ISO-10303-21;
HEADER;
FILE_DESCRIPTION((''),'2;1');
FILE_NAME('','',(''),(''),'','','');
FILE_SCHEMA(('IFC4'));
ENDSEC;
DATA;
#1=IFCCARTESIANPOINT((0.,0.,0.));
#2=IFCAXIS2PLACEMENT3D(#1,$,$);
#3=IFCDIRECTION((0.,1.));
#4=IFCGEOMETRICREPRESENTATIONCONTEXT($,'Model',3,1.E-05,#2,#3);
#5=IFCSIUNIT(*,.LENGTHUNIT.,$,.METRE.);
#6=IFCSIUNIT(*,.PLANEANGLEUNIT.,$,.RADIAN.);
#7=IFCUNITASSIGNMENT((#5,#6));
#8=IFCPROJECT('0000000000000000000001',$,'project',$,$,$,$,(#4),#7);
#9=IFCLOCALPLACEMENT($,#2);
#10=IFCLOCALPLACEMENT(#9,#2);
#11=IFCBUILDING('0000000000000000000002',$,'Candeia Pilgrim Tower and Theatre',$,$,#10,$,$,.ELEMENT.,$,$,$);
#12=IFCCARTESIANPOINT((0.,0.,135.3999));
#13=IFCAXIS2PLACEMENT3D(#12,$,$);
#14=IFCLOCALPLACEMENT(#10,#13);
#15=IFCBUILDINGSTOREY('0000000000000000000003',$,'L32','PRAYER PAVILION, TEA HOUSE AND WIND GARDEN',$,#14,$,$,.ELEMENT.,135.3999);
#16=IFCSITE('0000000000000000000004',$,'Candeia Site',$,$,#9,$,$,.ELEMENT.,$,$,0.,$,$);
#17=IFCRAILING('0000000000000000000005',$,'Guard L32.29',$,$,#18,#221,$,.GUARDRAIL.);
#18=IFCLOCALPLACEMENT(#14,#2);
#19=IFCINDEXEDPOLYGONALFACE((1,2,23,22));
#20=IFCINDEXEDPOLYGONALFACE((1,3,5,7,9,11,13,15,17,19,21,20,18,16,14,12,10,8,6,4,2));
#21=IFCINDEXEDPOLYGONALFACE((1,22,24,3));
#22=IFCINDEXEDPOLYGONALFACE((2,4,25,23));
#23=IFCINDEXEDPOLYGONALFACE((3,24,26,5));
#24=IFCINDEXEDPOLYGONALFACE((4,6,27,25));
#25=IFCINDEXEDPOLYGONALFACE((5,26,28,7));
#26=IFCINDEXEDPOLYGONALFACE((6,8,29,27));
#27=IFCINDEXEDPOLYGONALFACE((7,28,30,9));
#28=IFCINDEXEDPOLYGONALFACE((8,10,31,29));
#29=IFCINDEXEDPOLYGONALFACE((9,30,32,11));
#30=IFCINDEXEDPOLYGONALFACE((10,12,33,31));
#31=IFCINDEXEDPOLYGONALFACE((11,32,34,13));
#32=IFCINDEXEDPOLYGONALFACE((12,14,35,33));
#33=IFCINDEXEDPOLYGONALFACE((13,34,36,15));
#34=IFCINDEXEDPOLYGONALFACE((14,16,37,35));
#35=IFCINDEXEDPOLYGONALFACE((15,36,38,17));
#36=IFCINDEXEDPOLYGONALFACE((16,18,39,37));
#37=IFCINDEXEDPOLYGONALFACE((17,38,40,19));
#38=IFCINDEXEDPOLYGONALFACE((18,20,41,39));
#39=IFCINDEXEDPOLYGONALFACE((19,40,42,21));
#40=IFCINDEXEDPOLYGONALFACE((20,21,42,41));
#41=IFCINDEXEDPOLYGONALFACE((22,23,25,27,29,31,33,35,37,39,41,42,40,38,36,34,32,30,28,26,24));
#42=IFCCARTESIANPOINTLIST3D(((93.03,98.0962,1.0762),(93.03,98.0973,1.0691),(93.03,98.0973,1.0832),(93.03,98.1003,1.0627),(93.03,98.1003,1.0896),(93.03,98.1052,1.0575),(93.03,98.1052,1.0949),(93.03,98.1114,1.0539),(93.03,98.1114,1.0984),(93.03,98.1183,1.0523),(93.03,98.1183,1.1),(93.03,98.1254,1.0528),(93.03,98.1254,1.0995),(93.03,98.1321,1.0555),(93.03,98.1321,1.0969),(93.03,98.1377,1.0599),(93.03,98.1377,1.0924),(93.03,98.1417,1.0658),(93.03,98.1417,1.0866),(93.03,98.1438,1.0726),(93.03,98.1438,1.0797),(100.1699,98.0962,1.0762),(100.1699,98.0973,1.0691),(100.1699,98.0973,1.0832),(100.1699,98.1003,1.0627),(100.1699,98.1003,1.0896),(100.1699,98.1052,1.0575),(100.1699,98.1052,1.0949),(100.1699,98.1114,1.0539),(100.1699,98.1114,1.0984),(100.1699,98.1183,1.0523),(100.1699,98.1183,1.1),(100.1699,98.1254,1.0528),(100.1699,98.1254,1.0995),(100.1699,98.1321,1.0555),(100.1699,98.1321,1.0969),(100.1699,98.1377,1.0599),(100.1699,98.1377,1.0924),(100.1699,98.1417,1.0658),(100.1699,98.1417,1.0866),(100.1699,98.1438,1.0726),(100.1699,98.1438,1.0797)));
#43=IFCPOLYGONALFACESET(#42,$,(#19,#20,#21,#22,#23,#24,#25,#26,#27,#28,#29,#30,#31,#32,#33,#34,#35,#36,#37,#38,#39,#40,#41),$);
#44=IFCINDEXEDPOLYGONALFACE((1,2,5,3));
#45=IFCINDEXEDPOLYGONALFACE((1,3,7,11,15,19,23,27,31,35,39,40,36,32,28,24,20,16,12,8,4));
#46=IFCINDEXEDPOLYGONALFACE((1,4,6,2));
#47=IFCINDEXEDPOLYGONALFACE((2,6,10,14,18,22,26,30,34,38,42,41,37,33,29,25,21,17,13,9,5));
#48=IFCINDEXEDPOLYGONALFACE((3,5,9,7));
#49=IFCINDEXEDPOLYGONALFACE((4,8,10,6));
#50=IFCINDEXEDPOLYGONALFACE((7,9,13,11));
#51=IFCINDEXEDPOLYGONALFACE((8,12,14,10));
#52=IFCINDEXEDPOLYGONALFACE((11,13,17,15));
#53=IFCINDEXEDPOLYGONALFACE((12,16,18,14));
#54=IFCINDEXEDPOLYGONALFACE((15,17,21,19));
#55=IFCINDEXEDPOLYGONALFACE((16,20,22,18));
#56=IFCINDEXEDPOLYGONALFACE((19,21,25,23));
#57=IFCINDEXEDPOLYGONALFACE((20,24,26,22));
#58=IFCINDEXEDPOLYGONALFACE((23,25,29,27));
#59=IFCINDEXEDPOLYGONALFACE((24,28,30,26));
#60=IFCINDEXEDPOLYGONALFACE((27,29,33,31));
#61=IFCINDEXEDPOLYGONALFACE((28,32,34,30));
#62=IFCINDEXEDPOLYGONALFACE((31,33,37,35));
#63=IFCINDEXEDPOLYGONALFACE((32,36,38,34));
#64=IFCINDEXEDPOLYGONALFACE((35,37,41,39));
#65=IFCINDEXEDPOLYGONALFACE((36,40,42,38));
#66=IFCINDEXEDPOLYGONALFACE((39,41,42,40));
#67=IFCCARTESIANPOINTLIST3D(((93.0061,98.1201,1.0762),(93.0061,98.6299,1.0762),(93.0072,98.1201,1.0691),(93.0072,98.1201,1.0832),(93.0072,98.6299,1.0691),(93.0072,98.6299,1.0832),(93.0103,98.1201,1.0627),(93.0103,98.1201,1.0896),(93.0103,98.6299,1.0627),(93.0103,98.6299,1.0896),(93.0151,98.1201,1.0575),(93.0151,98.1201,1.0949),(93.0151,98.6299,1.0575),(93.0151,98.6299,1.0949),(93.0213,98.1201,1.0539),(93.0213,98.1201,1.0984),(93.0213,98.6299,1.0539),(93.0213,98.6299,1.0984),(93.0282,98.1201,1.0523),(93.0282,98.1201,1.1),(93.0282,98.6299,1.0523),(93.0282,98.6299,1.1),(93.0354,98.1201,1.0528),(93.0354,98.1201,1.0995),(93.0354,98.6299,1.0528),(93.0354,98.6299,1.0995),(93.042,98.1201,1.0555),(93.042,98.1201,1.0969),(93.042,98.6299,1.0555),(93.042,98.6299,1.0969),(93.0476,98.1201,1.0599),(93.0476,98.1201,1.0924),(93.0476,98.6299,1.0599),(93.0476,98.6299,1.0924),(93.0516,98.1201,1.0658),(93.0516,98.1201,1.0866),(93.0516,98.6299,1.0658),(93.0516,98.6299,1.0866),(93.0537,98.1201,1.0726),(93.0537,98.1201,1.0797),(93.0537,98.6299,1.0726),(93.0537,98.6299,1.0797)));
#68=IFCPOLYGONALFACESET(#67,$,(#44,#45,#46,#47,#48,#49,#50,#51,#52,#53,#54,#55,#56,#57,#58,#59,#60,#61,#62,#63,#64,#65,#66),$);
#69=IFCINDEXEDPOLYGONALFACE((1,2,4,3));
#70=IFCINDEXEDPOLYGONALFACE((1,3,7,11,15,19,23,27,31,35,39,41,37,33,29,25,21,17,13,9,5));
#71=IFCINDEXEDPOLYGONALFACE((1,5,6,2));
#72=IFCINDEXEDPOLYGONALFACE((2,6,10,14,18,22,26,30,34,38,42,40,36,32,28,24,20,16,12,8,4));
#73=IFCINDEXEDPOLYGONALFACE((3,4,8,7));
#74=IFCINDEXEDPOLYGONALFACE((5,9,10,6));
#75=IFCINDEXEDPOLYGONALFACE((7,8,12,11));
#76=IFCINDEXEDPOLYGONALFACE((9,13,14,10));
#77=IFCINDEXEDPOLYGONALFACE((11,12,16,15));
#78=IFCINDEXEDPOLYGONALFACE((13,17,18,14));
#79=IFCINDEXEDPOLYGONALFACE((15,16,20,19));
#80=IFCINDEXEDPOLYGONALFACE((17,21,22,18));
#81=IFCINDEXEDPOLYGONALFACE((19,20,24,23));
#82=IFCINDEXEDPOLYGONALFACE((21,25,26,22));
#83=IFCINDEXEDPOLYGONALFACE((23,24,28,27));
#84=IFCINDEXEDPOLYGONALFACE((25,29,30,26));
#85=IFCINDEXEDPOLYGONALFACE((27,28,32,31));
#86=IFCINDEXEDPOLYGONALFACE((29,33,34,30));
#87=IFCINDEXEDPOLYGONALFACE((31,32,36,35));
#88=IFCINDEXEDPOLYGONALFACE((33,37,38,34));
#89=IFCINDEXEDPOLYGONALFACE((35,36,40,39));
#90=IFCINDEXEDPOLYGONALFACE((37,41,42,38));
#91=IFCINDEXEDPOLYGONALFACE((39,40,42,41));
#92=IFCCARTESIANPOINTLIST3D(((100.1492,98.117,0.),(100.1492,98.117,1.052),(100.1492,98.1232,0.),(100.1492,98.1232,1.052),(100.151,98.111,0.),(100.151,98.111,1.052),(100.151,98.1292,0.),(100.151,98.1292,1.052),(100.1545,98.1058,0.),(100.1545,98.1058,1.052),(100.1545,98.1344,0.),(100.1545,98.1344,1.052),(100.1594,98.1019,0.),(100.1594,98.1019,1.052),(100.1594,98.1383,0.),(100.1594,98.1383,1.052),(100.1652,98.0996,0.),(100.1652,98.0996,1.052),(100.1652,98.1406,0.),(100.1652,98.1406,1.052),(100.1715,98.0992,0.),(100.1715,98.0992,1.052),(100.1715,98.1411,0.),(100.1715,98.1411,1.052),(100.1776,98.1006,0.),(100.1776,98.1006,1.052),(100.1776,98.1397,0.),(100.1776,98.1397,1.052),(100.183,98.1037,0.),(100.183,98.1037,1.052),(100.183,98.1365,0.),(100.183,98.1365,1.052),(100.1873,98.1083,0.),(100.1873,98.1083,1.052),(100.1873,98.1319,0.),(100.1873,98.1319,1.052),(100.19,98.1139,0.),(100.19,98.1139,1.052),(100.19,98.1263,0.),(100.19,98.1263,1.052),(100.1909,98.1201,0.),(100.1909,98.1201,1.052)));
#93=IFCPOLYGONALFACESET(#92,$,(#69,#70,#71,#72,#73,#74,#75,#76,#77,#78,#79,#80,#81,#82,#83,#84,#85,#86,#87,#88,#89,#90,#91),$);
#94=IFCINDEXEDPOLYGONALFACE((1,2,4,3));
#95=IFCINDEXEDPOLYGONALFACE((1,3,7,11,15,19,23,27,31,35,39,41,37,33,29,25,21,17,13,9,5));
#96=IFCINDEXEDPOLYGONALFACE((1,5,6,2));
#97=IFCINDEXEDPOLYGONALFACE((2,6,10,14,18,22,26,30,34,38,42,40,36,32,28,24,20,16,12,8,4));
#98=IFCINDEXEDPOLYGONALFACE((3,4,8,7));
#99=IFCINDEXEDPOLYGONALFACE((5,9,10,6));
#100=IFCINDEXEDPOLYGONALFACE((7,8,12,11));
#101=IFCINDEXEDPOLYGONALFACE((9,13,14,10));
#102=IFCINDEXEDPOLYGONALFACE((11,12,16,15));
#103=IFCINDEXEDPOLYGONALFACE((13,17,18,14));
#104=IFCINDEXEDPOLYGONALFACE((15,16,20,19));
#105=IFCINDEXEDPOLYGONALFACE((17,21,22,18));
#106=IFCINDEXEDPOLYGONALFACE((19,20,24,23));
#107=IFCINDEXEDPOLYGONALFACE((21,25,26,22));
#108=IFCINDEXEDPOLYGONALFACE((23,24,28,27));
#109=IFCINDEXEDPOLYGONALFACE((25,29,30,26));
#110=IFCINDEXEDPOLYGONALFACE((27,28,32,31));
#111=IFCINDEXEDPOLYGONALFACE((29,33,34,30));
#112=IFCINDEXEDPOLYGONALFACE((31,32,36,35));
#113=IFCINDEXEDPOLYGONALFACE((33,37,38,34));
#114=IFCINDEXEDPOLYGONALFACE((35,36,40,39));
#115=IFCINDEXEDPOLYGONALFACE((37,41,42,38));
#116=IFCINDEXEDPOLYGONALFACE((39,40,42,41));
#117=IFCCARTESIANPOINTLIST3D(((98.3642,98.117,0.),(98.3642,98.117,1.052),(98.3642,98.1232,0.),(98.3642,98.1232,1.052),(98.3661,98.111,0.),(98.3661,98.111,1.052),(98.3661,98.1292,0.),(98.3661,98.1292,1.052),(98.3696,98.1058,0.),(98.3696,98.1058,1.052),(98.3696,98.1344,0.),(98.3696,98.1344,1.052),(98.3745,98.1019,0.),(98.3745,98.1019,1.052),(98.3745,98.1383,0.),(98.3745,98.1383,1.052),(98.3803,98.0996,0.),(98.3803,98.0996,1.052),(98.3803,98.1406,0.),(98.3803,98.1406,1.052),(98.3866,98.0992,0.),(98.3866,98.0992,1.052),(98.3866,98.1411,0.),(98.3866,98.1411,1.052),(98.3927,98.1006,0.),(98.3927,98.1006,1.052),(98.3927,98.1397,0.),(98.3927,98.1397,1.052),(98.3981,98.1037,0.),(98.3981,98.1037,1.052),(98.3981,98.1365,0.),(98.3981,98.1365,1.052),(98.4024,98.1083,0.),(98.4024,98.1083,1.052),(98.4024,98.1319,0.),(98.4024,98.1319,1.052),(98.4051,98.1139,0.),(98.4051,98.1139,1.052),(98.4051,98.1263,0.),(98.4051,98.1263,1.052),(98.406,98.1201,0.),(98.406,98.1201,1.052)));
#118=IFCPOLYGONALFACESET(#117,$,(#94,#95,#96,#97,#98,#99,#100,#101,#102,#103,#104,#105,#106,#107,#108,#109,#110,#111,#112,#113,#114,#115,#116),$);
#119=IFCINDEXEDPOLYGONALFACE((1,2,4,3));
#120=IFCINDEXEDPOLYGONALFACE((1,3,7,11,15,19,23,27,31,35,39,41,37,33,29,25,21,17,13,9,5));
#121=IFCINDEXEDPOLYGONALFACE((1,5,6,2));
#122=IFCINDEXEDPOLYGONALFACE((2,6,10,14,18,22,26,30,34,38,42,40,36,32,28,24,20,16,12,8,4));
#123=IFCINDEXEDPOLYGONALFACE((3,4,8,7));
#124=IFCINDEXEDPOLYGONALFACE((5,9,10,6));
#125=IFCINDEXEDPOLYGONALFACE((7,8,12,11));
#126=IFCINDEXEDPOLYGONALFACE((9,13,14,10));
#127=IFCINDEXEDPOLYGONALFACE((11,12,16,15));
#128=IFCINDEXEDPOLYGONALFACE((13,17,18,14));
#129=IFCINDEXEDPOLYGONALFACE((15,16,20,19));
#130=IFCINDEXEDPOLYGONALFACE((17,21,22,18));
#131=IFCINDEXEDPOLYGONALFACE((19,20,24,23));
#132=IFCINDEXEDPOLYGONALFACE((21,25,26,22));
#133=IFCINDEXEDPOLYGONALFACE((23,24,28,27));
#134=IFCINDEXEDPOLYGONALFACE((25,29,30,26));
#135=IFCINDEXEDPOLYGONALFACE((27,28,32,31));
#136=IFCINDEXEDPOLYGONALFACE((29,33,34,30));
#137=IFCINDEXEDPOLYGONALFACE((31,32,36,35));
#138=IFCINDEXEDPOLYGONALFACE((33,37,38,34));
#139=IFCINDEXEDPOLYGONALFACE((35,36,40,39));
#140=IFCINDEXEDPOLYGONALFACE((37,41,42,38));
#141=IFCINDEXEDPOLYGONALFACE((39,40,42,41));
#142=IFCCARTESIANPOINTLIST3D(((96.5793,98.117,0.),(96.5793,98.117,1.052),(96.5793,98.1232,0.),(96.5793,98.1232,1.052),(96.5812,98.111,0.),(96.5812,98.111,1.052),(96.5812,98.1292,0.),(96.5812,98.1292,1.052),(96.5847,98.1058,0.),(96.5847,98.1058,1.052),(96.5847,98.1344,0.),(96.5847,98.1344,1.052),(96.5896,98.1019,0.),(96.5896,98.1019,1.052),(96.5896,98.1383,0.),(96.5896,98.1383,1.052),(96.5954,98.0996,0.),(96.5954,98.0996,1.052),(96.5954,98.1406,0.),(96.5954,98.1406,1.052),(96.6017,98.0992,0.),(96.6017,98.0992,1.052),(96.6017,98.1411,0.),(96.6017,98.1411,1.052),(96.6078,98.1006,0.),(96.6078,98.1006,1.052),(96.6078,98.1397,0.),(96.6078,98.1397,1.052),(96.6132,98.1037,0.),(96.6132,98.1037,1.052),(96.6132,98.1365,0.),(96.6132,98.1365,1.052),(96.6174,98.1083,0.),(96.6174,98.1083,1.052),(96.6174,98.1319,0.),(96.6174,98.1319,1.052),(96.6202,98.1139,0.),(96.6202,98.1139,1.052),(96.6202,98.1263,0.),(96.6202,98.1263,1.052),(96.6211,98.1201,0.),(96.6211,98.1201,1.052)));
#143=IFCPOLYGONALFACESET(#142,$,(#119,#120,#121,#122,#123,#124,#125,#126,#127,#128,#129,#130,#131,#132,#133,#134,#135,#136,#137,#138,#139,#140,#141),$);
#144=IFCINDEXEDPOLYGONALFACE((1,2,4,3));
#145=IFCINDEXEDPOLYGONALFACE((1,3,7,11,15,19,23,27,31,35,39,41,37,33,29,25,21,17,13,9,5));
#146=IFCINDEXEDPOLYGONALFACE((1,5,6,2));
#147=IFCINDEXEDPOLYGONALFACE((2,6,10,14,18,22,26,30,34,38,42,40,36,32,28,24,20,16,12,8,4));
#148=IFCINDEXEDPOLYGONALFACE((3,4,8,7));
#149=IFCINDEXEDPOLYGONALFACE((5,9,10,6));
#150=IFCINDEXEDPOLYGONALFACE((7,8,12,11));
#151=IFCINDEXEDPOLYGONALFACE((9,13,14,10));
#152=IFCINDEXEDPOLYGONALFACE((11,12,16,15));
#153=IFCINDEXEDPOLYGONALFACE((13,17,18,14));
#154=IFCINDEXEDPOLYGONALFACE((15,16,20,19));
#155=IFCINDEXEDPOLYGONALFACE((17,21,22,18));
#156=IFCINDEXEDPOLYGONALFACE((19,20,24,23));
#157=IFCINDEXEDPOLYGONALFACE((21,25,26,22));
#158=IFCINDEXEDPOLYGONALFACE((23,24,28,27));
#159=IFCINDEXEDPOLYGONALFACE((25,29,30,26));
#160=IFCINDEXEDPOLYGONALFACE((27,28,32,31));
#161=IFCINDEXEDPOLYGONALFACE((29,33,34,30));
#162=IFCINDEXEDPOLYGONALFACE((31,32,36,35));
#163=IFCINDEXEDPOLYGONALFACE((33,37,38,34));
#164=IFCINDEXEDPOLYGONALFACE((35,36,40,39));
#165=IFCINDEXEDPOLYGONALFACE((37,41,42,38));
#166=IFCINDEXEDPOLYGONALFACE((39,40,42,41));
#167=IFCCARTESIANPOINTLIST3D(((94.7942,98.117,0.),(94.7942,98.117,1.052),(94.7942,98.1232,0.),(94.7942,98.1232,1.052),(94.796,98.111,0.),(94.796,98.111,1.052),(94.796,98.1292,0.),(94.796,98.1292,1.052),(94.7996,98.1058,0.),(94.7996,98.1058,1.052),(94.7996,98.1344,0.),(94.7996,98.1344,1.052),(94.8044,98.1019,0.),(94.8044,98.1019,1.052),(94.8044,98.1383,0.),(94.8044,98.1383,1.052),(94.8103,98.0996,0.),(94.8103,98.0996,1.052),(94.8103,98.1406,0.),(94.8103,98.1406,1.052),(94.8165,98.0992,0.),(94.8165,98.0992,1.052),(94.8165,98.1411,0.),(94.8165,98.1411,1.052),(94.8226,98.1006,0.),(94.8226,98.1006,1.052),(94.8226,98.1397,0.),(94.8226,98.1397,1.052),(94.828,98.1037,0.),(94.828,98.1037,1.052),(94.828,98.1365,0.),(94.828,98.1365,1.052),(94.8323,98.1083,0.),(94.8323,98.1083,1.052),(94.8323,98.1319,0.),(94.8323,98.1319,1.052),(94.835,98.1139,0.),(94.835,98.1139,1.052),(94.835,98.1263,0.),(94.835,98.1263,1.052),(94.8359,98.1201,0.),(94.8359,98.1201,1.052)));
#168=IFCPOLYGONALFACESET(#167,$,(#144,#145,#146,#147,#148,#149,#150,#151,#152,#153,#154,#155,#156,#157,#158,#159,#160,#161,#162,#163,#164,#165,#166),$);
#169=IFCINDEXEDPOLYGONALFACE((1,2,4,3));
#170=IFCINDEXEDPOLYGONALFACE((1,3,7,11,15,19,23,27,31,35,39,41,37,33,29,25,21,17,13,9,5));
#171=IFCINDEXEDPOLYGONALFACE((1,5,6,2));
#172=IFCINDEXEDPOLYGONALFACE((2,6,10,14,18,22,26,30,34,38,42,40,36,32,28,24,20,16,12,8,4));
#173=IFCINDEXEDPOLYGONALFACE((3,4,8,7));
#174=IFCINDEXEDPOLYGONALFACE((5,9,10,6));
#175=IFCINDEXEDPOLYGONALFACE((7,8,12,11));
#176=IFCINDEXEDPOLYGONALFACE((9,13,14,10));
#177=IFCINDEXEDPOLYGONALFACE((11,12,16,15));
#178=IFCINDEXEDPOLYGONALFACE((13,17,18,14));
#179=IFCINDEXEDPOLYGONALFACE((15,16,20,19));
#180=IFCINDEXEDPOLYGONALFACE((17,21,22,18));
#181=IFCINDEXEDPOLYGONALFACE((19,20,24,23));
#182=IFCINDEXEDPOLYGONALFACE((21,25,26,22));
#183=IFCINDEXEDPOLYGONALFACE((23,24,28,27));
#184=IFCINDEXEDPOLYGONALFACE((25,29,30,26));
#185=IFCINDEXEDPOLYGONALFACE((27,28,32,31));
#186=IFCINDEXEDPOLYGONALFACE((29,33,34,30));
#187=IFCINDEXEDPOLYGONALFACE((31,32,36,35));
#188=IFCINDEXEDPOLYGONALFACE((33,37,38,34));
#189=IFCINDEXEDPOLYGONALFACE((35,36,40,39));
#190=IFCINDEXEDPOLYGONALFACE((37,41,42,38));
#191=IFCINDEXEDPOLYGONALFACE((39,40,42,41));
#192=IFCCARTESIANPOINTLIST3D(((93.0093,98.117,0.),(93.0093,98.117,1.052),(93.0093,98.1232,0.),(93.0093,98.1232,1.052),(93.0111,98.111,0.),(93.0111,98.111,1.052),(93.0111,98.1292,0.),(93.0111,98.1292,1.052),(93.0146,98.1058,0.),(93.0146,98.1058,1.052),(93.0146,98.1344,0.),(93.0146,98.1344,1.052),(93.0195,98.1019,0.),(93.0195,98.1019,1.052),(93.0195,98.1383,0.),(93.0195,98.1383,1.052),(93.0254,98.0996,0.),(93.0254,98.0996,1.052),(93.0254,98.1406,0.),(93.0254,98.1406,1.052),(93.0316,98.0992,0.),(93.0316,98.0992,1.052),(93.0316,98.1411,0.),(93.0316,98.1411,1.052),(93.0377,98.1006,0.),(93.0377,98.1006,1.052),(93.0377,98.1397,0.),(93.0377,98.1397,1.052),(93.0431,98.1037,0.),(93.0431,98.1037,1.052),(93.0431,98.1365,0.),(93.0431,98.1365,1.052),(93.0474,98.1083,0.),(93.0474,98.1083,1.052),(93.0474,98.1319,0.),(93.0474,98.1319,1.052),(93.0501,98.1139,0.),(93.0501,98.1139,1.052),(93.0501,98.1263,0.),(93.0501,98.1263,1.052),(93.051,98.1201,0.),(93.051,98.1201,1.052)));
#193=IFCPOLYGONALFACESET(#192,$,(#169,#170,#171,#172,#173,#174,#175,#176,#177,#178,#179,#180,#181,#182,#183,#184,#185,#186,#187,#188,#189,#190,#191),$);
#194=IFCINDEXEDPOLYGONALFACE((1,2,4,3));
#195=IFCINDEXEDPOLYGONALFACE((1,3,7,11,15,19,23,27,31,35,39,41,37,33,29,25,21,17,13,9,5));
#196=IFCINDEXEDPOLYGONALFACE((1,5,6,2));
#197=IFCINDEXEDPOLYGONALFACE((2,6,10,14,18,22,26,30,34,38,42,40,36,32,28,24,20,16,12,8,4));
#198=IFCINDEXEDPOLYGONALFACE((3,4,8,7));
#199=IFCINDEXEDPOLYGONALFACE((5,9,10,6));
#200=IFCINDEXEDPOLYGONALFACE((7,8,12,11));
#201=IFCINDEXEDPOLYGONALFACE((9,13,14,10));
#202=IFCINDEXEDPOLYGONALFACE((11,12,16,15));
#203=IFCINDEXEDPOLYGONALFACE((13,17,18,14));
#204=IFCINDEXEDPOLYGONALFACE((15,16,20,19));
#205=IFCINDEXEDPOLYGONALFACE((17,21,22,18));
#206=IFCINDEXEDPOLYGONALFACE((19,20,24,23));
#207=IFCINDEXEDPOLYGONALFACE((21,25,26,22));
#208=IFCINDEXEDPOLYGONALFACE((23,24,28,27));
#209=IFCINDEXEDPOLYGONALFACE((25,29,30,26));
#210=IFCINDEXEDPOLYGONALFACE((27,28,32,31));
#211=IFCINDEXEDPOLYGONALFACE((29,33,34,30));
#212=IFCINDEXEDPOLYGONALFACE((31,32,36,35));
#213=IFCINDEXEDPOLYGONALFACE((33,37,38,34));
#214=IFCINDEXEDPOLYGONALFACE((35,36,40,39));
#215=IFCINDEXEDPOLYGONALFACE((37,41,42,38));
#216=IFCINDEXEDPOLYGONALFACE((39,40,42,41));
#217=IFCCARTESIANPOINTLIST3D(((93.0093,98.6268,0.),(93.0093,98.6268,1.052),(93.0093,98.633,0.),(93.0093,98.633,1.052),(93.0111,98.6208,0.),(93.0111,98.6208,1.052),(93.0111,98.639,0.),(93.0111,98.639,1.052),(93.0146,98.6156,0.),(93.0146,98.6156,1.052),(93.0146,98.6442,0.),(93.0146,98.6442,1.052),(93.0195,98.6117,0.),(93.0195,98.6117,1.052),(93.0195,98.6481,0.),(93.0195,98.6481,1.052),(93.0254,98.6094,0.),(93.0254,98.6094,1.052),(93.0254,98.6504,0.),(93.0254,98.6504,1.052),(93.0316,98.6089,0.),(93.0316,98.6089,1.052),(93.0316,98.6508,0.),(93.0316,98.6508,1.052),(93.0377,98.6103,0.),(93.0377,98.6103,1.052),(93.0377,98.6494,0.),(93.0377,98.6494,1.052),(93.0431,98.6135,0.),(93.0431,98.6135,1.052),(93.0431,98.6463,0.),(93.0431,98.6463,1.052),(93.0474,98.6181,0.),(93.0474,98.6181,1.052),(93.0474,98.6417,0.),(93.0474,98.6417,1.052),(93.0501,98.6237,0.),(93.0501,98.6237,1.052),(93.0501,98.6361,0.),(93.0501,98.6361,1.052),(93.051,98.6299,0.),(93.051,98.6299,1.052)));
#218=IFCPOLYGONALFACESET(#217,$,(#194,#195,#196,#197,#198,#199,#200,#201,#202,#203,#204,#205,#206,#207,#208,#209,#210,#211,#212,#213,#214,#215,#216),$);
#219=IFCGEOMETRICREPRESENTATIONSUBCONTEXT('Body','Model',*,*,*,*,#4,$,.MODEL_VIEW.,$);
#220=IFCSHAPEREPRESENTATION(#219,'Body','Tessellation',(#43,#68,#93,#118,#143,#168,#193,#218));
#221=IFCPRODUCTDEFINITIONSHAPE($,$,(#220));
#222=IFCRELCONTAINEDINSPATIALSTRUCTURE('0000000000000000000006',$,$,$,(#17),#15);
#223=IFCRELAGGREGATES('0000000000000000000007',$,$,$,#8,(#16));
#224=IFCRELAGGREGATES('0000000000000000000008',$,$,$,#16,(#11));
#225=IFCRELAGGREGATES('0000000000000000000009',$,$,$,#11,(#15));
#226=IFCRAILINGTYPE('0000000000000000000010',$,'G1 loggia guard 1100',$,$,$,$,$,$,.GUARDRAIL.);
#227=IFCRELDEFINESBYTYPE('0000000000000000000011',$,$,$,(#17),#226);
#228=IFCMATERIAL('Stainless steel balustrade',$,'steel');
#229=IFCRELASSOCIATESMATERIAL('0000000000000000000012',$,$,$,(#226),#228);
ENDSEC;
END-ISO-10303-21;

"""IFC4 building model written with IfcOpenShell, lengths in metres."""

from ifc_helpers import new_model, si_unit, direction, frame, origin, origin_2d, place, context, subcontext, project, spatial, circle, extrude, material, type_object, element, save


model = new_model("IFC4")

# Units and contexts
model_context = context("Model", 3, precision=1e-05, world=origin(), true_north=direction((0.0, 1.0)))
body_context = subcontext(model_context, "Body", "Model", "MODEL_VIEW")
ifc_project = project(units=[si_unit("LENGTHUNIT", "METRE"), si_unit("PLANEANGLEUNIT", "RADIAN")], contexts=[model_context])

# Site, building, storey
site_placement = place(None, origin())
site = spatial("IfcSite", under=ifc_project, at=site_placement, Name="Candeia Site", CompositionType="ELEMENT", RefElevation=0.0)
building_placement = place(site_placement, origin())
building = spatial("IfcBuilding", under=site, at=building_placement, Name="Candeia Pilgrim Tower and Theatre", CompositionType="ELEMENT")
storey_placement = place(building_placement, frame((0.0, 0.0, 135.3999)))
storey = spatial("IfcBuildingStorey", under=building, at=storey_placement, Name="L32", Description="PRAYER PAVILION, TEA HOUSE AND WIND GARDEN", CompositionType="ELEMENT", Elevation=135.3999)

# Railing
ifc_material_1 = material(Name="Stainless steel balustrade", Category="steel")
railing_type = type_object("IfcRailingType", Name="G1 loggia guard 1100", PredefinedType="GUARDRAIL", material=ifc_material_1)
railing_1_placement = place(storey_placement, frame((100.1699, 98.1201, 0.0)))
element("IfcRailing", 1, at=railing_1_placement, inside=storey, type_object=railing_type, Name="Guard L32.29", PredefinedType="GUARDRAIL", context=body_context, shape_type="SweptSolid", body=[
    extrude(circle(Radius=0.0239, at=origin_2d()), frame((0.0, 0.0, 1.0762), z_axis=(-1.0, 0.0, 0.0), x_axis=(0.0, -1.0, 0.0)), (0.0, 0.0, 1.0), 7.1399),
    extrude(circle(Radius=0.0239, at=origin_2d()), frame((-7.1399, 0.0, 1.0762), z_axis=(0.0, 1.0, 0.0), x_axis=(-1.0, 0.0, 0.0)), (0.0, 0.0, 1.0), 0.5098),
    extrude(circle(Radius=0.021, at=origin_2d()), origin(), (0.0, 0.0, 1.0), 1.052),
    extrude(circle(Radius=0.021, at=origin_2d()), frame((-1.7849, 0.0, 0.0)), (0.0, 0.0, 1.0), 1.052),
    extrude(circle(Radius=0.021, at=origin_2d()), frame((-3.5698, 0.0, 0.0)), (0.0, 0.0, 1.0), 1.052),
    extrude(circle(Radius=0.021, at=origin_2d()), frame((-5.355, 0.0, 0.0)), (0.0, 0.0, 1.0), 1.052),
    extrude(circle(Radius=0.021, at=origin_2d()), frame((-7.1399, 0.0, 0.0)), (0.0, 0.0, 1.0), 1.052),
    extrude(circle(Radius=0.021, at=origin_2d()), frame((-7.1399, 0.5098, 0.0)), (0.0, 0.0, 1.0), 1.052),
])

save(model, "model.ifc")
